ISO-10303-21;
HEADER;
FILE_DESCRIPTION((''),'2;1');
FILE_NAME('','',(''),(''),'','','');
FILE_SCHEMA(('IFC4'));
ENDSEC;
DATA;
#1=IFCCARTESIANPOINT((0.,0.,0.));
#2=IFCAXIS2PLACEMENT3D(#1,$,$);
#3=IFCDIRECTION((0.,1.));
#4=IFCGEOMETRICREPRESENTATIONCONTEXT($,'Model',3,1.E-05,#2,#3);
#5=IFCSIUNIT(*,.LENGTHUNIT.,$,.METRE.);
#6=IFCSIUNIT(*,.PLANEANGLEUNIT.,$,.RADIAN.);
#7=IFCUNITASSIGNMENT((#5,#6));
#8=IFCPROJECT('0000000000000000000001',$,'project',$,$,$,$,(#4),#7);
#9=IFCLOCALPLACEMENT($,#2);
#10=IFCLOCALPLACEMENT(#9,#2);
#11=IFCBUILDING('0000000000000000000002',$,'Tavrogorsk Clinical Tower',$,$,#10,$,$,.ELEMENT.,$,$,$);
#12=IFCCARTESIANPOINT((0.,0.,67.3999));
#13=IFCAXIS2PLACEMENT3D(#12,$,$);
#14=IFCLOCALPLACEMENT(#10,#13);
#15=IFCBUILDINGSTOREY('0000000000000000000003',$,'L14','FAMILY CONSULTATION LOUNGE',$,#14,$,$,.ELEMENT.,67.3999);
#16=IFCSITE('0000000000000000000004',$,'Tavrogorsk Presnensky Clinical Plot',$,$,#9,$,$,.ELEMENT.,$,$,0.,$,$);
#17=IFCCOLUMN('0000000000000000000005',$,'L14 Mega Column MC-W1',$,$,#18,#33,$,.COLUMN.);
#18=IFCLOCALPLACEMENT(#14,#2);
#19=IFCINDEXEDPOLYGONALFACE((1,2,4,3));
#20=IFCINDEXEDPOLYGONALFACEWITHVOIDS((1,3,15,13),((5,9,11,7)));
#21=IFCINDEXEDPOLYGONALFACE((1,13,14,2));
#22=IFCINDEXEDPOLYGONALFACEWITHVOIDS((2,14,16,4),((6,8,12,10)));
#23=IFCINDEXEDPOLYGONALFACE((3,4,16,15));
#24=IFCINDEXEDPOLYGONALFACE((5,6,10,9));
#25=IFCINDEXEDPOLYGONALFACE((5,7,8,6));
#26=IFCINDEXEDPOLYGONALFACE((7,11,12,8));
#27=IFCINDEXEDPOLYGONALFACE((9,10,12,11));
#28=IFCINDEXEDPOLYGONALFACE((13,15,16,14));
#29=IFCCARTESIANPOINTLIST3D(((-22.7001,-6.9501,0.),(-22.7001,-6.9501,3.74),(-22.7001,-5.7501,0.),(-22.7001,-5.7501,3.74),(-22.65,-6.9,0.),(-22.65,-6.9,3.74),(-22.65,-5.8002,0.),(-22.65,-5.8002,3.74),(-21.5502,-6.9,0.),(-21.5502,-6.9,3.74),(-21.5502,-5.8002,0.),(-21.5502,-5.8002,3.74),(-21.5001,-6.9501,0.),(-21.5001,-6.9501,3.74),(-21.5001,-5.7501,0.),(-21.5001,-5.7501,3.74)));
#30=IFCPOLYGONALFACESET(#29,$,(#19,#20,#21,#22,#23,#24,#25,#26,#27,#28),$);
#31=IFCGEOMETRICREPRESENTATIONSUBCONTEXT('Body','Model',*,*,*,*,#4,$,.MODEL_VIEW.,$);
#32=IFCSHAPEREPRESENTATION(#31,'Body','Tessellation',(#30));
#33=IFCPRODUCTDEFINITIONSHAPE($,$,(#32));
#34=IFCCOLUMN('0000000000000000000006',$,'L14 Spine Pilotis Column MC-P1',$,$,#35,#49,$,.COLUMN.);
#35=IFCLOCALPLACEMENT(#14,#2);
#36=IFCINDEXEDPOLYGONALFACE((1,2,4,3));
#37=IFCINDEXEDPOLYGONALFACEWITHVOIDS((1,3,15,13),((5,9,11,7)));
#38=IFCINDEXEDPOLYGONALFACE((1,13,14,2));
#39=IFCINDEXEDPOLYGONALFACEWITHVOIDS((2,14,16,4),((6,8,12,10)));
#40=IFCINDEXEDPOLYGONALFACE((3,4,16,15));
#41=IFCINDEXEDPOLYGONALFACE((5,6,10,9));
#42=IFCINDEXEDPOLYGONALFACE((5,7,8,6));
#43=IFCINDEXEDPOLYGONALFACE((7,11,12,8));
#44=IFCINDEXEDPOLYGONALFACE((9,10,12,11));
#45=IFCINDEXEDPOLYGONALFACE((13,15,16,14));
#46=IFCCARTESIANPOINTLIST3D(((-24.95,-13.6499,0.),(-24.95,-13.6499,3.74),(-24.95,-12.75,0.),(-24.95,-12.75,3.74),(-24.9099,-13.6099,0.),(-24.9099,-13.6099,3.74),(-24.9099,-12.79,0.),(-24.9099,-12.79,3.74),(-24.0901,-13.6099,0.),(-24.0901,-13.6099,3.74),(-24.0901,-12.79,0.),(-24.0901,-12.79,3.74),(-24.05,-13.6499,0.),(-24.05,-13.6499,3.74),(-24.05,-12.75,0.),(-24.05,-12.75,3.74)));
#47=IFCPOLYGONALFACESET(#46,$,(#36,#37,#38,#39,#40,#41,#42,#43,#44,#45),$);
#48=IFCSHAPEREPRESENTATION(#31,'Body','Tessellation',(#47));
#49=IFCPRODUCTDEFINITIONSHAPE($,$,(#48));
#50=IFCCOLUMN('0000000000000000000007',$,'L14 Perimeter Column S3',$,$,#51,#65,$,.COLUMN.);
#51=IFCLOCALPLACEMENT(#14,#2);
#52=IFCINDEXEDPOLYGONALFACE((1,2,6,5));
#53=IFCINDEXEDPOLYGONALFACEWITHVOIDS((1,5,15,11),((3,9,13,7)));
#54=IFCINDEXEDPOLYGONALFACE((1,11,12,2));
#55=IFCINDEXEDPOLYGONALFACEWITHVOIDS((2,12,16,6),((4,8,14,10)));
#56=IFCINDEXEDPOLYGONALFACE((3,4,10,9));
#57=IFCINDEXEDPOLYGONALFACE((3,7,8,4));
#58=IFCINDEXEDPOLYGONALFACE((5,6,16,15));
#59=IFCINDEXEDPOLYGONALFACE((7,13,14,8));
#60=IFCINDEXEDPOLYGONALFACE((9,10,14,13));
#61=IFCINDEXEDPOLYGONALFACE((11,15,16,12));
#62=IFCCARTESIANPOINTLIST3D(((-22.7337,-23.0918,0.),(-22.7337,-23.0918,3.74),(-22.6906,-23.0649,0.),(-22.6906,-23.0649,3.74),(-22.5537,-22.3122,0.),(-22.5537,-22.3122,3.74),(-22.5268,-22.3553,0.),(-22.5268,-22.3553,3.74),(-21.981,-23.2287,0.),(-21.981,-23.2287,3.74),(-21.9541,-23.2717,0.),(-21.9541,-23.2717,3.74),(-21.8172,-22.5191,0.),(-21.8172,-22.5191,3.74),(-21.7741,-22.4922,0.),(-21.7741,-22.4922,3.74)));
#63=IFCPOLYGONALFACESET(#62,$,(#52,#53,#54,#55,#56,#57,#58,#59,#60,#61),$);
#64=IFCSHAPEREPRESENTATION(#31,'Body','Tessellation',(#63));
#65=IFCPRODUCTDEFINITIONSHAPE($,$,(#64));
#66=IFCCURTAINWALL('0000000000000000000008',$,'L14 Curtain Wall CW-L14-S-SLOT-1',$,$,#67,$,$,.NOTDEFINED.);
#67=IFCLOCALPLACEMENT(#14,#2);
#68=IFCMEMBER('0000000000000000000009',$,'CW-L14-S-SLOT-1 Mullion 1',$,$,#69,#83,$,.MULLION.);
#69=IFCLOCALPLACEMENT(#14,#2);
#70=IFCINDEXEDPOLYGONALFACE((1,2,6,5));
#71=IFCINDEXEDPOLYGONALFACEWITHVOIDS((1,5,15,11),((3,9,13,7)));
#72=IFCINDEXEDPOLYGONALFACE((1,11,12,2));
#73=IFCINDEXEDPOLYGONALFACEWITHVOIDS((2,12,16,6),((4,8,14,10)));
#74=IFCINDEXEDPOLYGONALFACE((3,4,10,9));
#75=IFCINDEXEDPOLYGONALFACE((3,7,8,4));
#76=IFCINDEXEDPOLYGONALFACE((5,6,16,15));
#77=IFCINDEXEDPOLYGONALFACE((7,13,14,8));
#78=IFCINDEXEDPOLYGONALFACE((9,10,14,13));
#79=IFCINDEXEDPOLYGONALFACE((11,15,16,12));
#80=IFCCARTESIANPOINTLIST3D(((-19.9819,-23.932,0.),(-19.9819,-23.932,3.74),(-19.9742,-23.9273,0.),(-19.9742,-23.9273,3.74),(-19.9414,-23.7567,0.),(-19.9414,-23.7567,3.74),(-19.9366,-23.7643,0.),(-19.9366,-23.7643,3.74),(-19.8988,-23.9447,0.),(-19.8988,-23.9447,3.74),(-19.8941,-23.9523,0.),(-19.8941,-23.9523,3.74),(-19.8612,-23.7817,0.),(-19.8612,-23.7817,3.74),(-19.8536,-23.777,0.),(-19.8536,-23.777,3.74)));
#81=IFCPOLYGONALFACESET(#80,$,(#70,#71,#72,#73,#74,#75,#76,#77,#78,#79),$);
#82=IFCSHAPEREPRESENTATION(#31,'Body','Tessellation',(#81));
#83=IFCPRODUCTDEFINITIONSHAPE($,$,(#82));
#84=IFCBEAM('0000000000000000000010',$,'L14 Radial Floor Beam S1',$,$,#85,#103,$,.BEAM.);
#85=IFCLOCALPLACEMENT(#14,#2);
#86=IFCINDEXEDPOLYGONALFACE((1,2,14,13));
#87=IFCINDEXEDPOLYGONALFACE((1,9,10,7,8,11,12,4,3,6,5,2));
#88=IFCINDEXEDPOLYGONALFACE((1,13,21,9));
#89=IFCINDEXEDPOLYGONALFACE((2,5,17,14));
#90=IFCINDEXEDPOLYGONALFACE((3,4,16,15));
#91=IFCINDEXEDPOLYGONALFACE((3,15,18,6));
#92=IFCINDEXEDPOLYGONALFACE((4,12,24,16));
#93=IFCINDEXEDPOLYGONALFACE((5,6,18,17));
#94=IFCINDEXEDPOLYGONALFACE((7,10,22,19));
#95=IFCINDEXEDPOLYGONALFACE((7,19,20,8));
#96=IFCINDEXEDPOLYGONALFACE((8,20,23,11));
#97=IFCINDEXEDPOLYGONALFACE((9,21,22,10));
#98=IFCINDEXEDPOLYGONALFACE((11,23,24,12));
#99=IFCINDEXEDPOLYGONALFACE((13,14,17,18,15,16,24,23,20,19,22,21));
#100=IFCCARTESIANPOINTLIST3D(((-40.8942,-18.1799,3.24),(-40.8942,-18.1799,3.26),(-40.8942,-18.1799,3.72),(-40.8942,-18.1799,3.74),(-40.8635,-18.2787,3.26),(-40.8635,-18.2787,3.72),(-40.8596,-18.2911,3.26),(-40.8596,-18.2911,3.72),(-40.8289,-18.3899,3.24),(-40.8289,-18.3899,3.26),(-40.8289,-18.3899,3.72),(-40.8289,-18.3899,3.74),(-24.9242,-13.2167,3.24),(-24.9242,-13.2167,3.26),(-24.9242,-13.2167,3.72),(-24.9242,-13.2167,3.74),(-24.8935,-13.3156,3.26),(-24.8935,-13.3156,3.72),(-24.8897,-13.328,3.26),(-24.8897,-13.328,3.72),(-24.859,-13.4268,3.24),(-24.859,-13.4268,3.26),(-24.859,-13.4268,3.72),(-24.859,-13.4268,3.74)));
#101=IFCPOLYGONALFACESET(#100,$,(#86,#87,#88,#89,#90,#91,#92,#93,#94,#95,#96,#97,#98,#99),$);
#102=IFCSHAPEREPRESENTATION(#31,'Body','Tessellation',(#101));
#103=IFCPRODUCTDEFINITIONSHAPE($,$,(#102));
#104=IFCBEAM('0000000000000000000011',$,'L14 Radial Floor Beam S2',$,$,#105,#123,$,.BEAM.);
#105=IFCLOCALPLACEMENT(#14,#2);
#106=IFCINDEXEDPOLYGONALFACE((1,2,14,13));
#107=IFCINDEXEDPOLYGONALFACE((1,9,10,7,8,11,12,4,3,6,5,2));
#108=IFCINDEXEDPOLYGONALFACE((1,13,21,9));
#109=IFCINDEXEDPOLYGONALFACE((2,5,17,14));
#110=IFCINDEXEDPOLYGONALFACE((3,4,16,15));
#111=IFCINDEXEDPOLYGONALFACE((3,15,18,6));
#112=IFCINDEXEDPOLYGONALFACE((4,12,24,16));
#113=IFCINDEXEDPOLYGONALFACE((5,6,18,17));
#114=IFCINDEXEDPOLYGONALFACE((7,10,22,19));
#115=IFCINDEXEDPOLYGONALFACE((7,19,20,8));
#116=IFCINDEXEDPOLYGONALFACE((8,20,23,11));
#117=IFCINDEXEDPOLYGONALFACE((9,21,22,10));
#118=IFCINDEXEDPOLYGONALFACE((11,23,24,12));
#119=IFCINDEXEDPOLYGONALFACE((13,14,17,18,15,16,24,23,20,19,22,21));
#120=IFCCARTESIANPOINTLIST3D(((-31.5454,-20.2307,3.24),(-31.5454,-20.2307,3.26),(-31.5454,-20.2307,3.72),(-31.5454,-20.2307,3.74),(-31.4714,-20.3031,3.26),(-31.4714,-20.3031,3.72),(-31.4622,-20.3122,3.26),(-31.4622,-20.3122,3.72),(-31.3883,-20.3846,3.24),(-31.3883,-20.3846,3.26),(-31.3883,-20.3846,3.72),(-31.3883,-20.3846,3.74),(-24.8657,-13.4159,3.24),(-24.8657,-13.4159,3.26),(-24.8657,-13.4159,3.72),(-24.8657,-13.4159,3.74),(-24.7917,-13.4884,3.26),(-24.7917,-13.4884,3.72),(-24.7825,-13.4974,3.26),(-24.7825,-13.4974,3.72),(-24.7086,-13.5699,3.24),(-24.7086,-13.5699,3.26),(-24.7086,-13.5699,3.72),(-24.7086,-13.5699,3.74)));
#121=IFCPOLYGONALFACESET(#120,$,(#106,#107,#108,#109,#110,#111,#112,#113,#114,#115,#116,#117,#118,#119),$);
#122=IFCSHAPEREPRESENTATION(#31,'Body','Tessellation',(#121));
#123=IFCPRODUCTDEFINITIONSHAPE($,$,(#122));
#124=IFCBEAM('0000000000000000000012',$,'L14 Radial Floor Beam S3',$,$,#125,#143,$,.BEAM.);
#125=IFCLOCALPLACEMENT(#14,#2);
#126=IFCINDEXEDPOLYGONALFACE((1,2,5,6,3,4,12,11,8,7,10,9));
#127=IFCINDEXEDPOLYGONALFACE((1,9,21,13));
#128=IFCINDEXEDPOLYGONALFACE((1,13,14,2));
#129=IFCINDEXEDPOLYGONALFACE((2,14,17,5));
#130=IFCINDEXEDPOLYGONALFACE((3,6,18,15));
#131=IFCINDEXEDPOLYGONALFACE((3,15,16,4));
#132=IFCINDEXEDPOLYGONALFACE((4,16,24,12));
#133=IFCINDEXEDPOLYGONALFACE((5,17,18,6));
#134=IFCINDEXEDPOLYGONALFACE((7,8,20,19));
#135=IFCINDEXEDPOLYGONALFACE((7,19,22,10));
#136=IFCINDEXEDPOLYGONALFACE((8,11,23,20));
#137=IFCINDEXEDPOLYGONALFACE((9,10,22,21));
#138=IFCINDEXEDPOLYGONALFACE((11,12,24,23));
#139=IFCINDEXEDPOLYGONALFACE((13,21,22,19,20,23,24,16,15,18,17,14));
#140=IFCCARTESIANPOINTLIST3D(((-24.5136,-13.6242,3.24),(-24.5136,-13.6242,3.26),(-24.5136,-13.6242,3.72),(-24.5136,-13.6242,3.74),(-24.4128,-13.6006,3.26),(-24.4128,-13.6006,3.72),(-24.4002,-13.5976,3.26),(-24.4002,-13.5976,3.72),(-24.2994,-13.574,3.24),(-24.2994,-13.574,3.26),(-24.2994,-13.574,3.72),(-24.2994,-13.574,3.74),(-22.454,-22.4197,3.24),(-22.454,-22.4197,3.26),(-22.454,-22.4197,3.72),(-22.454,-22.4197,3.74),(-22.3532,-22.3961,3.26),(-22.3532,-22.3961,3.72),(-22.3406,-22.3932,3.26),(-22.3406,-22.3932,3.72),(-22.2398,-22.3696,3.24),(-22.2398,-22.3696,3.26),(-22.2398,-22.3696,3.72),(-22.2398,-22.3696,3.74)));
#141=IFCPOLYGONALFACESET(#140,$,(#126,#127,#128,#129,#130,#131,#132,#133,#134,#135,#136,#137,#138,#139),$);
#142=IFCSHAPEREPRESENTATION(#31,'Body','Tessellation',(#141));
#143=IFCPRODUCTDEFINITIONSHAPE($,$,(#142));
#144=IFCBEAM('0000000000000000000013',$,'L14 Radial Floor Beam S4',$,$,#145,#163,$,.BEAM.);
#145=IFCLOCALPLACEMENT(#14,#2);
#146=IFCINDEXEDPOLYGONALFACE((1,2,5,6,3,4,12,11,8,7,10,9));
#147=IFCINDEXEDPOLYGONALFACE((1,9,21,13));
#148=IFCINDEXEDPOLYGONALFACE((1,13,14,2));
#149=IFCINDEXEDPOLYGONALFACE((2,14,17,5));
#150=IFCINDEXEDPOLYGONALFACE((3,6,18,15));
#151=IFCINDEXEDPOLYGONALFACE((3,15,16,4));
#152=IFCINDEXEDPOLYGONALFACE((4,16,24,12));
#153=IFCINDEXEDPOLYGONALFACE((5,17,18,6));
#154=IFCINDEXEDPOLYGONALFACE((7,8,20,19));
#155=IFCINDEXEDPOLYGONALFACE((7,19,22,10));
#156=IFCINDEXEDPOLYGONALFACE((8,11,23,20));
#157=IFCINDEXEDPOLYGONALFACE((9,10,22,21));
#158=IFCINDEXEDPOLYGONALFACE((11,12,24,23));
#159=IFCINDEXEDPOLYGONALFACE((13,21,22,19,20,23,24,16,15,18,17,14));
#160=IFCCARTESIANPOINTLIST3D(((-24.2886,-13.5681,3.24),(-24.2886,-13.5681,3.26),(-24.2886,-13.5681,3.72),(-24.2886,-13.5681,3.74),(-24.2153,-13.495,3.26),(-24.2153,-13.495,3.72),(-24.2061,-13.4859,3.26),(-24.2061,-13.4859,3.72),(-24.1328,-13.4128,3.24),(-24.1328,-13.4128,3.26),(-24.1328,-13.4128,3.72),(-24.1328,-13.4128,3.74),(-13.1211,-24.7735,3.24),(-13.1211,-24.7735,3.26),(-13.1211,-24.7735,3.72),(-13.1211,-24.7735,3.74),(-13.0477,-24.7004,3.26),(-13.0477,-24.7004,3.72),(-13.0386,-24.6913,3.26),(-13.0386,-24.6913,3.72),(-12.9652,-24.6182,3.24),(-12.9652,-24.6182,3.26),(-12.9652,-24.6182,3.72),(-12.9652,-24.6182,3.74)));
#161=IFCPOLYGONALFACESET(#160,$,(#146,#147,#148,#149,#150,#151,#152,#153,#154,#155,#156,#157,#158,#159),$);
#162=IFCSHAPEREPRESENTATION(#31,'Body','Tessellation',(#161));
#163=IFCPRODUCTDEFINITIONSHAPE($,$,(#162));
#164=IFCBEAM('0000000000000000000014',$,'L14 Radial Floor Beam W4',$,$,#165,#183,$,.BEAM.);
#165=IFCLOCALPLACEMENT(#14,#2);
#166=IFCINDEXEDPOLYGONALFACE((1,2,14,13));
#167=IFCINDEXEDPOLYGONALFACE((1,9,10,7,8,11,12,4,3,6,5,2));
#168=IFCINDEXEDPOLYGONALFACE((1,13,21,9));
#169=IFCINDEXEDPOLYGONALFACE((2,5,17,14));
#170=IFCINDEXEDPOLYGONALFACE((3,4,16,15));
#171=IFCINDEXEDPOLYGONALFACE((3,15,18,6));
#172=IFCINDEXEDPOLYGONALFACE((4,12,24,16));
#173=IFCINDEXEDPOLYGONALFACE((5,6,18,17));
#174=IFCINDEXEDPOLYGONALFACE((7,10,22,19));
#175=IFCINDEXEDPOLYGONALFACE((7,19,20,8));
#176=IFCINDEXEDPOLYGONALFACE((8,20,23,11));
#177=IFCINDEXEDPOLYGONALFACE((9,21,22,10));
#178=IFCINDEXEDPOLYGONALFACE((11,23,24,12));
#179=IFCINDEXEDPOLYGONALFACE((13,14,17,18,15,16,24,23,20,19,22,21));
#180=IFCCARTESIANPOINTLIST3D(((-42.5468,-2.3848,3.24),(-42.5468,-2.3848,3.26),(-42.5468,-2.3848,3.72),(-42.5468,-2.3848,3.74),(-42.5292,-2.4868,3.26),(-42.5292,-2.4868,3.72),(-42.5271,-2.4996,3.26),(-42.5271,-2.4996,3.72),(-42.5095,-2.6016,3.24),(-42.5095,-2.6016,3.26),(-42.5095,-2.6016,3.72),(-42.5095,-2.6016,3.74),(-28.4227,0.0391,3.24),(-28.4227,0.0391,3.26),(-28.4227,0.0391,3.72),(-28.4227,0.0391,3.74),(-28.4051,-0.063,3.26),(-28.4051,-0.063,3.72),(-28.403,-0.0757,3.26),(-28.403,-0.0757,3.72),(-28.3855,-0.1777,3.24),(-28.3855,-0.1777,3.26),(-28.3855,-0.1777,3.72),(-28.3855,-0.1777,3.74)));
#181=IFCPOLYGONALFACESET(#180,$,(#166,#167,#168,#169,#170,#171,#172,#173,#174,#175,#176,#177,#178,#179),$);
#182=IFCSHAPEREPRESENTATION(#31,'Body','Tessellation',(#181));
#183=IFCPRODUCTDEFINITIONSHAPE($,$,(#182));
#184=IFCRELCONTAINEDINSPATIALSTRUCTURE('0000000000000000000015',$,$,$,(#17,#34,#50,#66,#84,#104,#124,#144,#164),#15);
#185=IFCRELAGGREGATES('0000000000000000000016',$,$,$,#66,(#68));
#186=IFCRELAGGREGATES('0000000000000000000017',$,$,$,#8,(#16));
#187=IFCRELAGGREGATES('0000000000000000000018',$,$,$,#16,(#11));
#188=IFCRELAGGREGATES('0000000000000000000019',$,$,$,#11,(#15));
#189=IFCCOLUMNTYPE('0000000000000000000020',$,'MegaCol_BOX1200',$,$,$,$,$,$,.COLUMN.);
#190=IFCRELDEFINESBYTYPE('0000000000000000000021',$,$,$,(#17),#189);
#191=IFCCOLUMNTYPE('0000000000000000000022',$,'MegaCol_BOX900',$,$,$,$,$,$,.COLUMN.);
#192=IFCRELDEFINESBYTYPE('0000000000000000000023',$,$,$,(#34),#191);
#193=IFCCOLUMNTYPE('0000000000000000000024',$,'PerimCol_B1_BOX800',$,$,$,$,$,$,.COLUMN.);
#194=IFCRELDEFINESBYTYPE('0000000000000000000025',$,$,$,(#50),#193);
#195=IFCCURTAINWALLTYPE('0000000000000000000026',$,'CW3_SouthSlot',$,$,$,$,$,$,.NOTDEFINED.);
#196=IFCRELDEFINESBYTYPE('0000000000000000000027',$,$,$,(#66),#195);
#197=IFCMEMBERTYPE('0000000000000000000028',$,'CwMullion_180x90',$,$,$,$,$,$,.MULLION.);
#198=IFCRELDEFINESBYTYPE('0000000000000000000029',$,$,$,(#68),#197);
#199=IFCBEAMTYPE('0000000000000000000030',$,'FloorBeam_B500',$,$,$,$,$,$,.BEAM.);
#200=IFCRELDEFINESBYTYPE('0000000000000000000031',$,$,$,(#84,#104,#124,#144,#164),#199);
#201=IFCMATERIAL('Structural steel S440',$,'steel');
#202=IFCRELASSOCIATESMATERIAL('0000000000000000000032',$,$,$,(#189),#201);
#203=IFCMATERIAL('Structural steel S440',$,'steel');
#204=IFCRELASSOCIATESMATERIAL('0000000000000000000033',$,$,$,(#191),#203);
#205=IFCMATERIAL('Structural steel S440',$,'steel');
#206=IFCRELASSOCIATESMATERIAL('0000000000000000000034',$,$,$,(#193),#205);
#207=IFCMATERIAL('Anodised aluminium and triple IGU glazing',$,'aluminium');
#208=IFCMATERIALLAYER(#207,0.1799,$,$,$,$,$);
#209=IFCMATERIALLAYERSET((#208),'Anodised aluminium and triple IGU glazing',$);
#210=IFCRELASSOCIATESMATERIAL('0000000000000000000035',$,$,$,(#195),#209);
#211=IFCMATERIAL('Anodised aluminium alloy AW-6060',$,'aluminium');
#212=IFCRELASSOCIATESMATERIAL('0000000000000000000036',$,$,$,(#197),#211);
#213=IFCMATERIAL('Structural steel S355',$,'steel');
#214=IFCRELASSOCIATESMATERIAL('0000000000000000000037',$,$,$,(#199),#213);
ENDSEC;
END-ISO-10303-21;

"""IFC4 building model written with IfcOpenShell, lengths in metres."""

from ifc_helpers import new_model, si_unit, direction, frame, origin, origin_2d, place, context, subcontext, project, spatial, hollow_rectangle, i_section, extrude, material, layer, layer_set, material_profile, profile_set, type_object, element, aggregate, save


model = new_model("IFC4")

# Units and contexts
model_context = context("Model", 3, precision=1e-05, world=origin(), true_north=direction((0.0, 1.0)))
body_context = subcontext(model_context, "Body", "Model", "MODEL_VIEW")
ifc_project = project(units=[si_unit("LENGTHUNIT", "METRE"), si_unit("PLANEANGLEUNIT", "RADIAN")], contexts=[model_context])

# Site, building, storey
site_placement = place(None, origin())
site = spatial("IfcSite", under=ifc_project, at=site_placement, Name="Tavrogorsk Presnensky Clinical Plot", CompositionType="ELEMENT", RefElevation=0.0)
building_placement = place(site_placement, origin())
building = spatial("IfcBuilding", under=site, at=building_placement, Name="Tavrogorsk Clinical Tower", CompositionType="ELEMENT")
storey_placement = place(building_placement, frame((0.0, 0.0, 67.3999)))
storey = spatial("IfcBuildingStorey", under=building, at=storey_placement, Name="L14", Description="FAMILY CONSULTATION LOUNGE", CompositionType="ELEMENT", Elevation=67.3999)

# Columns
ifc_material_1 = material(Name="Structural steel S440", Category="steel")
ifc_material_profile_1 = material_profile(ifc_material_1, hollow_rectangle(XDim=1.2, YDim=1.2, WallThickness=0.05, at=origin_2d()), Name="BOX-1200x1200x50")
ifc_profile_set_1 = profile_set([ifc_material_profile_1], Name="Structural steel S440")
column_type_1 = type_object("IfcColumnType", Name="MegaCol_BOX1200", PredefinedType="COLUMN", material=ifc_profile_set_1)
column_1_placement = place(storey_placement, frame((-22.1001, -6.3501, 0.0), z_axis=(0.0, 0.0, 1.0), x_axis=(1.0, 0.0, 0.0)))
element("IfcColumn", 1, at=column_1_placement, inside=storey, type_object=column_type_1, Name="L14 Mega Column MC-W1", PredefinedType="COLUMN", context=body_context, shape_type="SweptSolid", body=[
    extrude(hollow_rectangle(XDim=1.2, YDim=1.2, WallThickness=0.05, at=origin_2d()), origin(), (0.0, 0.0, 1.0), 3.74),
])
ifc_material_2 = material(Name="Structural steel S440", Category="steel")
ifc_material_profile_2 = material_profile(ifc_material_2, hollow_rectangle(XDim=0.8999, YDim=0.8999, WallThickness=0.04, at=origin_2d()), Name="BOX-900x900x40")
ifc_profile_set_2 = profile_set([ifc_material_profile_2], Name="Structural steel S440")
column_type_2 = type_object("IfcColumnType", Name="MegaCol_BOX900", PredefinedType="COLUMN", material=ifc_profile_set_2)
column_2_placement = place(storey_placement, frame((-24.5, -13.2, 0.0), z_axis=(0.0, 0.0, 1.0), x_axis=(1.0, 0.0, 0.0)))
element("IfcColumn", 2, at=column_2_placement, inside=storey, type_object=column_type_2, Name="L14 Spine Pilotis Column MC-P1", PredefinedType="COLUMN", context=body_context, shape_type="SweptSolid", body=[
    extrude(hollow_rectangle(XDim=0.8999, YDim=0.8999, WallThickness=0.04, at=origin_2d()), origin(), (0.0, 0.0, 1.0), 3.74),
])
ifc_material_3 = material(Name="Structural steel S440", Category="steel")
ifc_material_profile_3 = material_profile(ifc_material_3, hollow_rectangle(XDim=0.8, YDim=0.8, WallThickness=0.0359, at=origin_2d()), Name="BOX-800x800x36")
ifc_profile_set_3 = profile_set([ifc_material_profile_3], Name="Structural steel S440")
column_type_3 = type_object("IfcColumnType", Name="PerimCol_B1_BOX800", PredefinedType="COLUMN", material=ifc_profile_set_3)
column_3_placement = place(storey_placement, frame((-22.2539, -22.792, 0.0), z_axis=(0.0, 0.0, 1.0), x_axis=(0.97437, -0.224951, 0.0)))
element("IfcColumn", 3, at=column_3_placement, inside=storey, type_object=column_type_3, Name="L14 Perimeter Column S3", PredefinedType="COLUMN", context=body_context, shape_type="SweptSolid", body=[
    extrude(hollow_rectangle(XDim=0.8, YDim=0.8, WallThickness=0.0359, at=origin_2d()), origin(), (0.0, 0.0, 1.0), 3.74),
])

# Curtain wall, member
ifc_material_4 = material(Name="Anodised aluminium and triple IGU glazing", Category="aluminium")
ifc_layer_1 = layer(ifc_material_4, 0.1799)
ifc_layer_set_1 = layer_set([ifc_layer_1], Name="Anodised aluminium and triple IGU glazing")
curtain_wall_type = type_object("IfcCurtainWallType", Name="CW3_SouthSlot", PredefinedType="NOTDEFINED", material=ifc_layer_set_1)
curtain_wall_placement = place(storey_placement, origin())
curtain_wall = element("IfcCurtainWall", 4, at=curtain_wall_placement, inside=storey, type_object=curtain_wall_type, Name="L14 Curtain Wall CW-L14-S-SLOT-1", PredefinedType="NOTDEFINED")
ifc_material_5 = material(Name="Anodised aluminium alloy AW-6060", Category="aluminium")
ifc_material_profile_4 = material_profile(ifc_material_5, hollow_rectangle(XDim=0.0901, YDim=0.1799, WallThickness=0.0063, at=origin_2d()), Name="RHS-180x90x6.3")
ifc_profile_set_4 = profile_set([ifc_material_profile_4], Name="Anodised aluminium alloy AW-6060")
member_type = type_object("IfcMemberType", Name="CwMullion_180x90", PredefinedType="MULLION", material=ifc_profile_set_4)
member_placement = place(storey_placement, frame((-19.9177, -23.8545, 0.0), z_axis=(0.0, 0.0, 1.0), x_axis=(0.97437, -0.224951, 0.0)))
member = element("IfcMember", 5, at=member_placement, type_object=member_type, Name="CW-L14-S-SLOT-1 Mullion 1", PredefinedType="MULLION", context=body_context, shape_type="SweptSolid", body=[
    extrude(hollow_rectangle(XDim=0.0901, YDim=0.1799, WallThickness=0.0063, at=origin_2d()), origin(), (0.0, 0.0, 1.0), 3.74),
])
aggregate(curtain_wall, [member])

# Beams
ifc_material_6 = material(Name="Structural steel S355", Category="steel")
ifc_material_profile_5 = material_profile(ifc_material_6, i_section(OverallWidth=0.22, OverallDepth=0.5, WebThickness=0.0129, FlangeThickness=0.02, at=origin_2d()), Name="B-500x220x13x20")
ifc_profile_set_5 = profile_set([ifc_material_profile_5], Name="Structural steel S355")
beam_type_1 = type_object("IfcBeamType", Name="FloorBeam_B500", PredefinedType="BEAM", material=ifc_profile_set_5)
beam_1_placement = place(storey_placement, frame((-24.8916, -13.3218, 3.49), z_axis=(-0.954947, -0.296778, 0.0), x_axis=(0.296778, -0.954947, 0.0)))
element("IfcBeam", 6, at=beam_1_placement, inside=storey, type_object=beam_type_1, Name="L14 Radial Floor Beam S1", PredefinedType="BEAM", context=body_context, shape_type="SweptSolid", body=[
    extrude(i_section(OverallWidth=0.22, OverallDepth=0.5, WebThickness=0.0129, FlangeThickness=0.02, at=origin_2d()), origin(), (0.0, 0.0, 1.0), 16.7234),
])
beam_2_placement = place(storey_placement, frame((-24.7871, -13.4929, 3.49), z_axis=(-0.699997, -0.714146, 0.0), x_axis=(0.714146, -0.699997, 0.0)))
element("IfcBeam", 7, at=beam_2_placement, inside=storey, type_object=beam_type_1, Name="L14 Radial Floor Beam S2", PredefinedType="BEAM", context=body_context, shape_type="SweptSolid", body=[
    extrude(i_section(OverallWidth=0.22, OverallDepth=0.5, WebThickness=0.0129, FlangeThickness=0.02, at=origin_2d()), origin(), (0.0, 0.0, 1.0), 9.5425),
])
beam_3_placement = place(storey_placement, frame((-24.4065, -13.5991, 3.49), z_axis=(0.227997, -0.973662, 0.0), x_axis=(0.973662, 0.227997, 0.0)))
element("IfcBeam", 8, at=beam_3_placement, inside=storey, type_object=beam_type_1, Name="L14 Radial Floor Beam S3", PredefinedType="BEAM", context=body_context, shape_type="SweptSolid", body=[
    extrude(i_section(OverallWidth=0.22, OverallDepth=0.5, WebThickness=0.0129, FlangeThickness=0.02, at=origin_2d()), origin(), (0.0, 0.0, 1.0), 9.0334),
])
beam_4_placement = place(storey_placement, frame((-24.2107, -13.4905, 3.49), z_axis=(0.70591, -0.708302, 0.0), x_axis=(0.708302, 0.70591, 0.0)))
element("IfcBeam", 9, at=beam_4_placement, inside=storey, type_object=beam_type_1, Name="L14 Radial Floor Beam S4", PredefinedType="BEAM", context=body_context, shape_type="SweptSolid", body=[
    extrude(i_section(OverallWidth=0.22, OverallDepth=0.5, WebThickness=0.0129, FlangeThickness=0.02, at=origin_2d()), origin(), (0.0, 0.0, 1.0), 15.8201),
])
beam_5_placement = place(storey_placement, frame((-28.4041, -0.0693, 3.49), z_axis=(-0.985592, -0.169138, 0.0), x_axis=(0.169138, -0.985592, 0.0)))
element("IfcBeam", 10, at=beam_5_placement, inside=storey, type_object=beam_type_1, Name="L14 Radial Floor Beam W4", PredefinedType="BEAM", context=body_context, shape_type="SweptSolid", body=[
    extrude(i_section(OverallWidth=0.22, OverallDepth=0.5, WebThickness=0.0129, FlangeThickness=0.02, at=origin_2d()), origin(), (0.0, 0.0, 1.0), 14.3306),
])

save(model, "model.ifc")
